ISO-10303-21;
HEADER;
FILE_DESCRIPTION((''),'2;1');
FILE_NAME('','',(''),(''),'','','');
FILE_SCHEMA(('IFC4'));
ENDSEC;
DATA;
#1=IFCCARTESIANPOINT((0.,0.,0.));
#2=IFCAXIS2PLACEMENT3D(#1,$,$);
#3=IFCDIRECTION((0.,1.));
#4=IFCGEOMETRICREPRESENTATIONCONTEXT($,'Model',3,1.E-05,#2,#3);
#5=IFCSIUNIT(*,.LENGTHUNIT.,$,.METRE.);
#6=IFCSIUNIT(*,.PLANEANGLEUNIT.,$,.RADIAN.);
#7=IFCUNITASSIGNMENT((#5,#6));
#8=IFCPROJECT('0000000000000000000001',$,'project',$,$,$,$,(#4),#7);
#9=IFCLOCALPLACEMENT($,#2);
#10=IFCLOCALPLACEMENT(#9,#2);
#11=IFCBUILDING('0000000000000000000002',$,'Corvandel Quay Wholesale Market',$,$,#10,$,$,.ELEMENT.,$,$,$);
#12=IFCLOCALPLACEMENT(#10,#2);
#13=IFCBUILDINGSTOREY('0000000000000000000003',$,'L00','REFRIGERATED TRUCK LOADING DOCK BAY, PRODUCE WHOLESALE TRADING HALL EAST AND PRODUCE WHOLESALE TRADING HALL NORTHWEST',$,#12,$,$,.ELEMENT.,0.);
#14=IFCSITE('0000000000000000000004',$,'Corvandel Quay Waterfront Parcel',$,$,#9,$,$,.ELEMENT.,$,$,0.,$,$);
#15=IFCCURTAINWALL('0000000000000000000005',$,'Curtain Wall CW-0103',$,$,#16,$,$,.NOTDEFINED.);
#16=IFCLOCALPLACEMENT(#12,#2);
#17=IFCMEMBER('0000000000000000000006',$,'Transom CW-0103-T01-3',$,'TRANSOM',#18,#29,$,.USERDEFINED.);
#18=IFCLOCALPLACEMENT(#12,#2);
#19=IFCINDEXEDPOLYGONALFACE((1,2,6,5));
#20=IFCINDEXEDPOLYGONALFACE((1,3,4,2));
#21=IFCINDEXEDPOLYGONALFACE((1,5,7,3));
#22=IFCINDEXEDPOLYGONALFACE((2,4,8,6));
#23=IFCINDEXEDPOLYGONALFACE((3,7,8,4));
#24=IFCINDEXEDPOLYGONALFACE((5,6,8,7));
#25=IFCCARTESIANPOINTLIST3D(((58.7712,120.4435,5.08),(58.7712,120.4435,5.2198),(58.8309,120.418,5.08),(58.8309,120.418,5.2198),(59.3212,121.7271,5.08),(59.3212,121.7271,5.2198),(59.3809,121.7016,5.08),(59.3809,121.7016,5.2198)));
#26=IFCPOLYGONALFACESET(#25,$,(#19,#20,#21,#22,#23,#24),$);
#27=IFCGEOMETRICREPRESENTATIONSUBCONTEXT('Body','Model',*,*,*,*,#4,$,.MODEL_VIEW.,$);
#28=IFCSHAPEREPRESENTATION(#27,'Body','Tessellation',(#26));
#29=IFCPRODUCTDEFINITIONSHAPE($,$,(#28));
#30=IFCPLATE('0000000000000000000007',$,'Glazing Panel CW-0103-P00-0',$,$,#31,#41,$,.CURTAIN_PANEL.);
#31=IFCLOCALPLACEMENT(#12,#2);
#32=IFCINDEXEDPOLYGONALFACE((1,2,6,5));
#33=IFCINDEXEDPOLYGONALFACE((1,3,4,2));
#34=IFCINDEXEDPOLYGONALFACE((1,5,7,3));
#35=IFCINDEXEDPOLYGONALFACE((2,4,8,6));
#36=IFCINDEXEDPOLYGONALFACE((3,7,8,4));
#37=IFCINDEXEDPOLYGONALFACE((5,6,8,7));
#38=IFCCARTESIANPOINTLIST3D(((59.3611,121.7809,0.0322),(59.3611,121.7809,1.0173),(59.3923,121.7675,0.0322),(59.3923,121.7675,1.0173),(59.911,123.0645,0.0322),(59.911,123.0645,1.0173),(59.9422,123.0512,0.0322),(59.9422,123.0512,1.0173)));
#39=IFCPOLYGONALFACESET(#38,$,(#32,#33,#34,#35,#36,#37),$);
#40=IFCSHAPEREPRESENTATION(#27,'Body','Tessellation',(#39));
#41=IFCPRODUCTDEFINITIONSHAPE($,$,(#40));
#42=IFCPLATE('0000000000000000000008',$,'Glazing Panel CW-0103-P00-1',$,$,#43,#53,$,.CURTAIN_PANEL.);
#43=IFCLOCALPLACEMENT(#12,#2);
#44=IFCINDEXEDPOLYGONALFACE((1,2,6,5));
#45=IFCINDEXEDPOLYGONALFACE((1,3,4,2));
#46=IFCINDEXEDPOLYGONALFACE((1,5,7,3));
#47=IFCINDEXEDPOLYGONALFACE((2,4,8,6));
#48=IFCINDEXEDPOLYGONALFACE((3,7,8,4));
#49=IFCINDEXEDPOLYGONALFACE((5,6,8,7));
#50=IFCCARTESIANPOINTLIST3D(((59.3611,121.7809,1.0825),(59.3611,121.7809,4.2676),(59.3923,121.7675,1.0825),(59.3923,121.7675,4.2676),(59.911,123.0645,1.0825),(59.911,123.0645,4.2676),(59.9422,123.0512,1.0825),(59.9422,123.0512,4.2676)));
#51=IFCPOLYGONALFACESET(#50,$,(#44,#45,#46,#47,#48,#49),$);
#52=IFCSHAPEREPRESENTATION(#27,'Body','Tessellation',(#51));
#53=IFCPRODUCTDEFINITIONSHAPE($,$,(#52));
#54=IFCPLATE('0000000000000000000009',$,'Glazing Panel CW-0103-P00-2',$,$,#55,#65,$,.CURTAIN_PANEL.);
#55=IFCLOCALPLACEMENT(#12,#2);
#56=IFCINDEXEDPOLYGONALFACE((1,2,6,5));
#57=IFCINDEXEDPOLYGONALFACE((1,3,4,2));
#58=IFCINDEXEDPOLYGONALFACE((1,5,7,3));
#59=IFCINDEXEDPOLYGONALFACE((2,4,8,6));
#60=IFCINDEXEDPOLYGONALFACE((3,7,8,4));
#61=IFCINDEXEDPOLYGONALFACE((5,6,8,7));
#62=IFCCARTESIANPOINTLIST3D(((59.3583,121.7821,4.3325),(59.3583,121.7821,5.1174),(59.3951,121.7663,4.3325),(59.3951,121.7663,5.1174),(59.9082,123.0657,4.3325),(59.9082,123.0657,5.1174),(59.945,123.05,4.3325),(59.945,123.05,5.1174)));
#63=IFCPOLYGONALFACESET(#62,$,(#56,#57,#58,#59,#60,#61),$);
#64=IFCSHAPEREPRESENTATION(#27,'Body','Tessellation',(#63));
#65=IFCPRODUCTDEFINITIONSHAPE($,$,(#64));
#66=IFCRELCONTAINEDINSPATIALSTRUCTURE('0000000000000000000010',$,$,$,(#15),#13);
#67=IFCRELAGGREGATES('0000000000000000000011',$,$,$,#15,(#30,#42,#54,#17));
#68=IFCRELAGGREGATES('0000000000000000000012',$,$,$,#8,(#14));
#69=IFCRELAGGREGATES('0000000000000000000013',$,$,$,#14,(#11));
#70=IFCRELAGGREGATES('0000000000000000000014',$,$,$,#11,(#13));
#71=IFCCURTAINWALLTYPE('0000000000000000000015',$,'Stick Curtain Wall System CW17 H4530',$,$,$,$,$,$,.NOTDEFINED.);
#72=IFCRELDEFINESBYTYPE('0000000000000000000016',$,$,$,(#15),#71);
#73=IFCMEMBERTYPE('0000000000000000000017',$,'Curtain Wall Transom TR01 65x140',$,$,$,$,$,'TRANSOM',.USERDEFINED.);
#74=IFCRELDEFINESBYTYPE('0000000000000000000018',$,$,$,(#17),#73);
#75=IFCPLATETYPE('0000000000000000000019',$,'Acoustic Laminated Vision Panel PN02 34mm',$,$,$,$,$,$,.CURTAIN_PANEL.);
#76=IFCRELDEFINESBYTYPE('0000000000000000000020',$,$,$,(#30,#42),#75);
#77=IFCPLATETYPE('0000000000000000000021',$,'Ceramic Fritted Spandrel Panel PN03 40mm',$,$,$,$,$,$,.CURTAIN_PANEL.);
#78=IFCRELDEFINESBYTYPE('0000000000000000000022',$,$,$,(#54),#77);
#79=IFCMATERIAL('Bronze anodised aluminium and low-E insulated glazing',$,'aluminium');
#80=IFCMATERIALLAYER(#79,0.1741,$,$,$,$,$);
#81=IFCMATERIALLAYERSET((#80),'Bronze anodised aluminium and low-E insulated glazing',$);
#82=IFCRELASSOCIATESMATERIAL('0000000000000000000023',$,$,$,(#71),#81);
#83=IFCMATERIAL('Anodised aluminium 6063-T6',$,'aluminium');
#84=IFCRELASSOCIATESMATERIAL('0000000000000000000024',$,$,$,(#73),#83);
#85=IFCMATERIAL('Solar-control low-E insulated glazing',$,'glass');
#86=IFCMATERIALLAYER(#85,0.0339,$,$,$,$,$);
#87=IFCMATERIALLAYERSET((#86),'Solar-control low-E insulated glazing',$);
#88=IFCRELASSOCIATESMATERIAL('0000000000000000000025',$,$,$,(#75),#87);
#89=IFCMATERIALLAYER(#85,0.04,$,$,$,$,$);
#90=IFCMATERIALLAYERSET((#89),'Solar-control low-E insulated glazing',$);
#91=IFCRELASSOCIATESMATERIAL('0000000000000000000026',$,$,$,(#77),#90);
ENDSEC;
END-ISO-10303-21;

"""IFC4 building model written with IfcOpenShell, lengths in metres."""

from ifc_helpers import new_model, si_unit, direction, frame, origin, origin_2d, place, context, subcontext, project, spatial, rectangle, extrude, material, layer, layer_set, material_profile, profile_set, type_object, element, aggregate, save


model = new_model("IFC4")

# Units and contexts
model_context = context("Model", 3, precision=1e-05, world=origin(), true_north=direction((0.0, 1.0)))
body_context = subcontext(model_context, "Body", "Model", "MODEL_VIEW")
ifc_project = project(units=[si_unit("LENGTHUNIT", "METRE"), si_unit("PLANEANGLEUNIT", "RADIAN")], contexts=[model_context])

# Site, building, storey
site_placement = place(None, origin())
site = spatial("IfcSite", under=ifc_project, at=site_placement, Name="Corvandel Quay Waterfront Parcel", CompositionType="ELEMENT", RefElevation=0.0)
building_placement = place(site_placement, origin())
building = spatial("IfcBuilding", under=site, at=building_placement, Name="Corvandel Quay Wholesale Market", CompositionType="ELEMENT")
storey_placement = place(building_placement, origin())
storey = spatial("IfcBuildingStorey", under=building, at=storey_placement, Name="L00", Description="REFRIGERATED TRUCK LOADING DOCK BAY, PRODUCE WHOLESALE TRADING HALL EAST AND PRODUCE WHOLESALE TRADING HALL NORTHWEST", CompositionType="ELEMENT", Elevation=0.0)

# Curtain wall, member, plates
ifc_material_1 = material(Name="Bronze anodised aluminium and low-E insulated glazing", Category="aluminium")
ifc_layer_1 = layer(ifc_material_1, 0.1741)
ifc_layer_set_1 = layer_set([ifc_layer_1], Name="Bronze anodised aluminium and low-E insulated glazing")
curtain_wall_type = type_object("IfcCurtainWallType", Name="Stick Curtain Wall System CW17 H4530", PredefinedType="NOTDEFINED", material=ifc_layer_set_1)
curtain_wall_placement = place(storey_placement, origin())
curtain_wall = element("IfcCurtainWall", 1, at=curtain_wall_placement, inside=storey, type_object=curtain_wall_type, Name="Curtain Wall CW-0103", PredefinedType="NOTDEFINED")
ifc_material_2 = material(Name="Anodised aluminium 6063-T6", Category="aluminium")
ifc_material_profile_1 = material_profile(ifc_material_2, rectangle(XDim=0.0649, YDim=0.1399, at=origin_2d()), Name="ALU-TRN-65x140")
ifc_profile_set_1 = profile_set([ifc_material_profile_1], Name="Anodised aluminium 6063-T6")
member_type_1 = type_object("IfcMemberType", Name="Curtain Wall Transom TR01 65x140", ElementType="TRANSOM", PredefinedType="USERDEFINED", material=ifc_profile_set_1)
member_1_placement = place(storey_placement, frame((59.3511, 121.7144, 5.1499), z_axis=(-0.393856, -0.919172, 0.0), x_axis=(0.919172, -0.393856, 0.0)))
member_1 = element("IfcMember", 2, at=member_1_placement, type_object=member_type_1, Name="Transom CW-0103-T01-3", ObjectType="TRANSOM", PredefinedType="USERDEFINED", context=body_context, shape_type="SweptSolid", body=[
    extrude(rectangle(XDim=0.0649, YDim=0.1399, at=origin_2d()), origin(), (0.0, 0.0, 1.0), 1.3965),
])
ifc_material_3 = material(Name="Solar-control low-E insulated glazing", Category="glass")
ifc_layer_2 = layer(ifc_material_3, 0.0339)
ifc_layer_set_2 = layer_set([ifc_layer_2], Name="Solar-control low-E insulated glazing")
plate_type_1 = type_object("IfcPlateType", Name="Acoustic Laminated Vision Panel PN02 34mm", PredefinedType="CURTAIN_PANEL", material=ifc_layer_set_2)
plate_1_placement = place(storey_placement, frame((59.6516, 122.416, 0.0322), z_axis=(0.0, 0.0, 1.0), x_axis=(0.393781, 0.919204, 0.0)))
plate_1 = element("IfcPlate", 3, at=plate_1_placement, type_object=plate_type_1, Name="Glazing Panel CW-0103-P00-0", PredefinedType="CURTAIN_PANEL", context=body_context, shape_type="SweptSolid", body=[
    extrude(rectangle(XDim=1.3965, YDim=0.0339, at=origin_2d()), origin(), (0.0, 0.0, 1.0), 0.9851),
])
plate_2_placement = place(storey_placement, frame((59.6516, 122.416, 1.0825), z_axis=(0.0, 0.0, 1.0), x_axis=(0.393781, 0.919204, 0.0)))
plate_2 = element("IfcPlate", 4, at=plate_2_placement, type_object=plate_type_1, Name="Glazing Panel CW-0103-P00-1", PredefinedType="CURTAIN_PANEL", context=body_context, shape_type="SweptSolid", body=[
    extrude(rectangle(XDim=1.3965, YDim=0.0339, at=origin_2d()), origin(), (0.0, 0.0, 1.0), 3.1851),
])
ifc_layer_3 = layer(ifc_material_3, 0.04)
ifc_layer_set_3 = layer_set([ifc_layer_3], Name="Solar-control low-E insulated glazing")
plate_type_2 = type_object("IfcPlateType", Name="Ceramic Fritted Spandrel Panel PN03 40mm", PredefinedType="CURTAIN_PANEL", material=ifc_layer_set_3)
plate_3_placement = place(storey_placement, frame((59.6516, 122.416, 4.3325), z_axis=(0.0, 0.0, 1.0), x_axis=(0.393781, 0.919204, 0.0)))
plate_3 = element("IfcPlate", 5, at=plate_3_placement, type_object=plate_type_2, Name="Glazing Panel CW-0103-P00-2", PredefinedType="CURTAIN_PANEL", context=body_context, shape_type="SweptSolid", body=[
    extrude(rectangle(XDim=1.3965, YDim=0.04, at=origin_2d()), origin(), (0.0, 0.0, 1.0), 0.7849),
])
aggregate(curtain_wall, [plate_1, plate_2, plate_3, member_1])

save(model, "model.ifc")
